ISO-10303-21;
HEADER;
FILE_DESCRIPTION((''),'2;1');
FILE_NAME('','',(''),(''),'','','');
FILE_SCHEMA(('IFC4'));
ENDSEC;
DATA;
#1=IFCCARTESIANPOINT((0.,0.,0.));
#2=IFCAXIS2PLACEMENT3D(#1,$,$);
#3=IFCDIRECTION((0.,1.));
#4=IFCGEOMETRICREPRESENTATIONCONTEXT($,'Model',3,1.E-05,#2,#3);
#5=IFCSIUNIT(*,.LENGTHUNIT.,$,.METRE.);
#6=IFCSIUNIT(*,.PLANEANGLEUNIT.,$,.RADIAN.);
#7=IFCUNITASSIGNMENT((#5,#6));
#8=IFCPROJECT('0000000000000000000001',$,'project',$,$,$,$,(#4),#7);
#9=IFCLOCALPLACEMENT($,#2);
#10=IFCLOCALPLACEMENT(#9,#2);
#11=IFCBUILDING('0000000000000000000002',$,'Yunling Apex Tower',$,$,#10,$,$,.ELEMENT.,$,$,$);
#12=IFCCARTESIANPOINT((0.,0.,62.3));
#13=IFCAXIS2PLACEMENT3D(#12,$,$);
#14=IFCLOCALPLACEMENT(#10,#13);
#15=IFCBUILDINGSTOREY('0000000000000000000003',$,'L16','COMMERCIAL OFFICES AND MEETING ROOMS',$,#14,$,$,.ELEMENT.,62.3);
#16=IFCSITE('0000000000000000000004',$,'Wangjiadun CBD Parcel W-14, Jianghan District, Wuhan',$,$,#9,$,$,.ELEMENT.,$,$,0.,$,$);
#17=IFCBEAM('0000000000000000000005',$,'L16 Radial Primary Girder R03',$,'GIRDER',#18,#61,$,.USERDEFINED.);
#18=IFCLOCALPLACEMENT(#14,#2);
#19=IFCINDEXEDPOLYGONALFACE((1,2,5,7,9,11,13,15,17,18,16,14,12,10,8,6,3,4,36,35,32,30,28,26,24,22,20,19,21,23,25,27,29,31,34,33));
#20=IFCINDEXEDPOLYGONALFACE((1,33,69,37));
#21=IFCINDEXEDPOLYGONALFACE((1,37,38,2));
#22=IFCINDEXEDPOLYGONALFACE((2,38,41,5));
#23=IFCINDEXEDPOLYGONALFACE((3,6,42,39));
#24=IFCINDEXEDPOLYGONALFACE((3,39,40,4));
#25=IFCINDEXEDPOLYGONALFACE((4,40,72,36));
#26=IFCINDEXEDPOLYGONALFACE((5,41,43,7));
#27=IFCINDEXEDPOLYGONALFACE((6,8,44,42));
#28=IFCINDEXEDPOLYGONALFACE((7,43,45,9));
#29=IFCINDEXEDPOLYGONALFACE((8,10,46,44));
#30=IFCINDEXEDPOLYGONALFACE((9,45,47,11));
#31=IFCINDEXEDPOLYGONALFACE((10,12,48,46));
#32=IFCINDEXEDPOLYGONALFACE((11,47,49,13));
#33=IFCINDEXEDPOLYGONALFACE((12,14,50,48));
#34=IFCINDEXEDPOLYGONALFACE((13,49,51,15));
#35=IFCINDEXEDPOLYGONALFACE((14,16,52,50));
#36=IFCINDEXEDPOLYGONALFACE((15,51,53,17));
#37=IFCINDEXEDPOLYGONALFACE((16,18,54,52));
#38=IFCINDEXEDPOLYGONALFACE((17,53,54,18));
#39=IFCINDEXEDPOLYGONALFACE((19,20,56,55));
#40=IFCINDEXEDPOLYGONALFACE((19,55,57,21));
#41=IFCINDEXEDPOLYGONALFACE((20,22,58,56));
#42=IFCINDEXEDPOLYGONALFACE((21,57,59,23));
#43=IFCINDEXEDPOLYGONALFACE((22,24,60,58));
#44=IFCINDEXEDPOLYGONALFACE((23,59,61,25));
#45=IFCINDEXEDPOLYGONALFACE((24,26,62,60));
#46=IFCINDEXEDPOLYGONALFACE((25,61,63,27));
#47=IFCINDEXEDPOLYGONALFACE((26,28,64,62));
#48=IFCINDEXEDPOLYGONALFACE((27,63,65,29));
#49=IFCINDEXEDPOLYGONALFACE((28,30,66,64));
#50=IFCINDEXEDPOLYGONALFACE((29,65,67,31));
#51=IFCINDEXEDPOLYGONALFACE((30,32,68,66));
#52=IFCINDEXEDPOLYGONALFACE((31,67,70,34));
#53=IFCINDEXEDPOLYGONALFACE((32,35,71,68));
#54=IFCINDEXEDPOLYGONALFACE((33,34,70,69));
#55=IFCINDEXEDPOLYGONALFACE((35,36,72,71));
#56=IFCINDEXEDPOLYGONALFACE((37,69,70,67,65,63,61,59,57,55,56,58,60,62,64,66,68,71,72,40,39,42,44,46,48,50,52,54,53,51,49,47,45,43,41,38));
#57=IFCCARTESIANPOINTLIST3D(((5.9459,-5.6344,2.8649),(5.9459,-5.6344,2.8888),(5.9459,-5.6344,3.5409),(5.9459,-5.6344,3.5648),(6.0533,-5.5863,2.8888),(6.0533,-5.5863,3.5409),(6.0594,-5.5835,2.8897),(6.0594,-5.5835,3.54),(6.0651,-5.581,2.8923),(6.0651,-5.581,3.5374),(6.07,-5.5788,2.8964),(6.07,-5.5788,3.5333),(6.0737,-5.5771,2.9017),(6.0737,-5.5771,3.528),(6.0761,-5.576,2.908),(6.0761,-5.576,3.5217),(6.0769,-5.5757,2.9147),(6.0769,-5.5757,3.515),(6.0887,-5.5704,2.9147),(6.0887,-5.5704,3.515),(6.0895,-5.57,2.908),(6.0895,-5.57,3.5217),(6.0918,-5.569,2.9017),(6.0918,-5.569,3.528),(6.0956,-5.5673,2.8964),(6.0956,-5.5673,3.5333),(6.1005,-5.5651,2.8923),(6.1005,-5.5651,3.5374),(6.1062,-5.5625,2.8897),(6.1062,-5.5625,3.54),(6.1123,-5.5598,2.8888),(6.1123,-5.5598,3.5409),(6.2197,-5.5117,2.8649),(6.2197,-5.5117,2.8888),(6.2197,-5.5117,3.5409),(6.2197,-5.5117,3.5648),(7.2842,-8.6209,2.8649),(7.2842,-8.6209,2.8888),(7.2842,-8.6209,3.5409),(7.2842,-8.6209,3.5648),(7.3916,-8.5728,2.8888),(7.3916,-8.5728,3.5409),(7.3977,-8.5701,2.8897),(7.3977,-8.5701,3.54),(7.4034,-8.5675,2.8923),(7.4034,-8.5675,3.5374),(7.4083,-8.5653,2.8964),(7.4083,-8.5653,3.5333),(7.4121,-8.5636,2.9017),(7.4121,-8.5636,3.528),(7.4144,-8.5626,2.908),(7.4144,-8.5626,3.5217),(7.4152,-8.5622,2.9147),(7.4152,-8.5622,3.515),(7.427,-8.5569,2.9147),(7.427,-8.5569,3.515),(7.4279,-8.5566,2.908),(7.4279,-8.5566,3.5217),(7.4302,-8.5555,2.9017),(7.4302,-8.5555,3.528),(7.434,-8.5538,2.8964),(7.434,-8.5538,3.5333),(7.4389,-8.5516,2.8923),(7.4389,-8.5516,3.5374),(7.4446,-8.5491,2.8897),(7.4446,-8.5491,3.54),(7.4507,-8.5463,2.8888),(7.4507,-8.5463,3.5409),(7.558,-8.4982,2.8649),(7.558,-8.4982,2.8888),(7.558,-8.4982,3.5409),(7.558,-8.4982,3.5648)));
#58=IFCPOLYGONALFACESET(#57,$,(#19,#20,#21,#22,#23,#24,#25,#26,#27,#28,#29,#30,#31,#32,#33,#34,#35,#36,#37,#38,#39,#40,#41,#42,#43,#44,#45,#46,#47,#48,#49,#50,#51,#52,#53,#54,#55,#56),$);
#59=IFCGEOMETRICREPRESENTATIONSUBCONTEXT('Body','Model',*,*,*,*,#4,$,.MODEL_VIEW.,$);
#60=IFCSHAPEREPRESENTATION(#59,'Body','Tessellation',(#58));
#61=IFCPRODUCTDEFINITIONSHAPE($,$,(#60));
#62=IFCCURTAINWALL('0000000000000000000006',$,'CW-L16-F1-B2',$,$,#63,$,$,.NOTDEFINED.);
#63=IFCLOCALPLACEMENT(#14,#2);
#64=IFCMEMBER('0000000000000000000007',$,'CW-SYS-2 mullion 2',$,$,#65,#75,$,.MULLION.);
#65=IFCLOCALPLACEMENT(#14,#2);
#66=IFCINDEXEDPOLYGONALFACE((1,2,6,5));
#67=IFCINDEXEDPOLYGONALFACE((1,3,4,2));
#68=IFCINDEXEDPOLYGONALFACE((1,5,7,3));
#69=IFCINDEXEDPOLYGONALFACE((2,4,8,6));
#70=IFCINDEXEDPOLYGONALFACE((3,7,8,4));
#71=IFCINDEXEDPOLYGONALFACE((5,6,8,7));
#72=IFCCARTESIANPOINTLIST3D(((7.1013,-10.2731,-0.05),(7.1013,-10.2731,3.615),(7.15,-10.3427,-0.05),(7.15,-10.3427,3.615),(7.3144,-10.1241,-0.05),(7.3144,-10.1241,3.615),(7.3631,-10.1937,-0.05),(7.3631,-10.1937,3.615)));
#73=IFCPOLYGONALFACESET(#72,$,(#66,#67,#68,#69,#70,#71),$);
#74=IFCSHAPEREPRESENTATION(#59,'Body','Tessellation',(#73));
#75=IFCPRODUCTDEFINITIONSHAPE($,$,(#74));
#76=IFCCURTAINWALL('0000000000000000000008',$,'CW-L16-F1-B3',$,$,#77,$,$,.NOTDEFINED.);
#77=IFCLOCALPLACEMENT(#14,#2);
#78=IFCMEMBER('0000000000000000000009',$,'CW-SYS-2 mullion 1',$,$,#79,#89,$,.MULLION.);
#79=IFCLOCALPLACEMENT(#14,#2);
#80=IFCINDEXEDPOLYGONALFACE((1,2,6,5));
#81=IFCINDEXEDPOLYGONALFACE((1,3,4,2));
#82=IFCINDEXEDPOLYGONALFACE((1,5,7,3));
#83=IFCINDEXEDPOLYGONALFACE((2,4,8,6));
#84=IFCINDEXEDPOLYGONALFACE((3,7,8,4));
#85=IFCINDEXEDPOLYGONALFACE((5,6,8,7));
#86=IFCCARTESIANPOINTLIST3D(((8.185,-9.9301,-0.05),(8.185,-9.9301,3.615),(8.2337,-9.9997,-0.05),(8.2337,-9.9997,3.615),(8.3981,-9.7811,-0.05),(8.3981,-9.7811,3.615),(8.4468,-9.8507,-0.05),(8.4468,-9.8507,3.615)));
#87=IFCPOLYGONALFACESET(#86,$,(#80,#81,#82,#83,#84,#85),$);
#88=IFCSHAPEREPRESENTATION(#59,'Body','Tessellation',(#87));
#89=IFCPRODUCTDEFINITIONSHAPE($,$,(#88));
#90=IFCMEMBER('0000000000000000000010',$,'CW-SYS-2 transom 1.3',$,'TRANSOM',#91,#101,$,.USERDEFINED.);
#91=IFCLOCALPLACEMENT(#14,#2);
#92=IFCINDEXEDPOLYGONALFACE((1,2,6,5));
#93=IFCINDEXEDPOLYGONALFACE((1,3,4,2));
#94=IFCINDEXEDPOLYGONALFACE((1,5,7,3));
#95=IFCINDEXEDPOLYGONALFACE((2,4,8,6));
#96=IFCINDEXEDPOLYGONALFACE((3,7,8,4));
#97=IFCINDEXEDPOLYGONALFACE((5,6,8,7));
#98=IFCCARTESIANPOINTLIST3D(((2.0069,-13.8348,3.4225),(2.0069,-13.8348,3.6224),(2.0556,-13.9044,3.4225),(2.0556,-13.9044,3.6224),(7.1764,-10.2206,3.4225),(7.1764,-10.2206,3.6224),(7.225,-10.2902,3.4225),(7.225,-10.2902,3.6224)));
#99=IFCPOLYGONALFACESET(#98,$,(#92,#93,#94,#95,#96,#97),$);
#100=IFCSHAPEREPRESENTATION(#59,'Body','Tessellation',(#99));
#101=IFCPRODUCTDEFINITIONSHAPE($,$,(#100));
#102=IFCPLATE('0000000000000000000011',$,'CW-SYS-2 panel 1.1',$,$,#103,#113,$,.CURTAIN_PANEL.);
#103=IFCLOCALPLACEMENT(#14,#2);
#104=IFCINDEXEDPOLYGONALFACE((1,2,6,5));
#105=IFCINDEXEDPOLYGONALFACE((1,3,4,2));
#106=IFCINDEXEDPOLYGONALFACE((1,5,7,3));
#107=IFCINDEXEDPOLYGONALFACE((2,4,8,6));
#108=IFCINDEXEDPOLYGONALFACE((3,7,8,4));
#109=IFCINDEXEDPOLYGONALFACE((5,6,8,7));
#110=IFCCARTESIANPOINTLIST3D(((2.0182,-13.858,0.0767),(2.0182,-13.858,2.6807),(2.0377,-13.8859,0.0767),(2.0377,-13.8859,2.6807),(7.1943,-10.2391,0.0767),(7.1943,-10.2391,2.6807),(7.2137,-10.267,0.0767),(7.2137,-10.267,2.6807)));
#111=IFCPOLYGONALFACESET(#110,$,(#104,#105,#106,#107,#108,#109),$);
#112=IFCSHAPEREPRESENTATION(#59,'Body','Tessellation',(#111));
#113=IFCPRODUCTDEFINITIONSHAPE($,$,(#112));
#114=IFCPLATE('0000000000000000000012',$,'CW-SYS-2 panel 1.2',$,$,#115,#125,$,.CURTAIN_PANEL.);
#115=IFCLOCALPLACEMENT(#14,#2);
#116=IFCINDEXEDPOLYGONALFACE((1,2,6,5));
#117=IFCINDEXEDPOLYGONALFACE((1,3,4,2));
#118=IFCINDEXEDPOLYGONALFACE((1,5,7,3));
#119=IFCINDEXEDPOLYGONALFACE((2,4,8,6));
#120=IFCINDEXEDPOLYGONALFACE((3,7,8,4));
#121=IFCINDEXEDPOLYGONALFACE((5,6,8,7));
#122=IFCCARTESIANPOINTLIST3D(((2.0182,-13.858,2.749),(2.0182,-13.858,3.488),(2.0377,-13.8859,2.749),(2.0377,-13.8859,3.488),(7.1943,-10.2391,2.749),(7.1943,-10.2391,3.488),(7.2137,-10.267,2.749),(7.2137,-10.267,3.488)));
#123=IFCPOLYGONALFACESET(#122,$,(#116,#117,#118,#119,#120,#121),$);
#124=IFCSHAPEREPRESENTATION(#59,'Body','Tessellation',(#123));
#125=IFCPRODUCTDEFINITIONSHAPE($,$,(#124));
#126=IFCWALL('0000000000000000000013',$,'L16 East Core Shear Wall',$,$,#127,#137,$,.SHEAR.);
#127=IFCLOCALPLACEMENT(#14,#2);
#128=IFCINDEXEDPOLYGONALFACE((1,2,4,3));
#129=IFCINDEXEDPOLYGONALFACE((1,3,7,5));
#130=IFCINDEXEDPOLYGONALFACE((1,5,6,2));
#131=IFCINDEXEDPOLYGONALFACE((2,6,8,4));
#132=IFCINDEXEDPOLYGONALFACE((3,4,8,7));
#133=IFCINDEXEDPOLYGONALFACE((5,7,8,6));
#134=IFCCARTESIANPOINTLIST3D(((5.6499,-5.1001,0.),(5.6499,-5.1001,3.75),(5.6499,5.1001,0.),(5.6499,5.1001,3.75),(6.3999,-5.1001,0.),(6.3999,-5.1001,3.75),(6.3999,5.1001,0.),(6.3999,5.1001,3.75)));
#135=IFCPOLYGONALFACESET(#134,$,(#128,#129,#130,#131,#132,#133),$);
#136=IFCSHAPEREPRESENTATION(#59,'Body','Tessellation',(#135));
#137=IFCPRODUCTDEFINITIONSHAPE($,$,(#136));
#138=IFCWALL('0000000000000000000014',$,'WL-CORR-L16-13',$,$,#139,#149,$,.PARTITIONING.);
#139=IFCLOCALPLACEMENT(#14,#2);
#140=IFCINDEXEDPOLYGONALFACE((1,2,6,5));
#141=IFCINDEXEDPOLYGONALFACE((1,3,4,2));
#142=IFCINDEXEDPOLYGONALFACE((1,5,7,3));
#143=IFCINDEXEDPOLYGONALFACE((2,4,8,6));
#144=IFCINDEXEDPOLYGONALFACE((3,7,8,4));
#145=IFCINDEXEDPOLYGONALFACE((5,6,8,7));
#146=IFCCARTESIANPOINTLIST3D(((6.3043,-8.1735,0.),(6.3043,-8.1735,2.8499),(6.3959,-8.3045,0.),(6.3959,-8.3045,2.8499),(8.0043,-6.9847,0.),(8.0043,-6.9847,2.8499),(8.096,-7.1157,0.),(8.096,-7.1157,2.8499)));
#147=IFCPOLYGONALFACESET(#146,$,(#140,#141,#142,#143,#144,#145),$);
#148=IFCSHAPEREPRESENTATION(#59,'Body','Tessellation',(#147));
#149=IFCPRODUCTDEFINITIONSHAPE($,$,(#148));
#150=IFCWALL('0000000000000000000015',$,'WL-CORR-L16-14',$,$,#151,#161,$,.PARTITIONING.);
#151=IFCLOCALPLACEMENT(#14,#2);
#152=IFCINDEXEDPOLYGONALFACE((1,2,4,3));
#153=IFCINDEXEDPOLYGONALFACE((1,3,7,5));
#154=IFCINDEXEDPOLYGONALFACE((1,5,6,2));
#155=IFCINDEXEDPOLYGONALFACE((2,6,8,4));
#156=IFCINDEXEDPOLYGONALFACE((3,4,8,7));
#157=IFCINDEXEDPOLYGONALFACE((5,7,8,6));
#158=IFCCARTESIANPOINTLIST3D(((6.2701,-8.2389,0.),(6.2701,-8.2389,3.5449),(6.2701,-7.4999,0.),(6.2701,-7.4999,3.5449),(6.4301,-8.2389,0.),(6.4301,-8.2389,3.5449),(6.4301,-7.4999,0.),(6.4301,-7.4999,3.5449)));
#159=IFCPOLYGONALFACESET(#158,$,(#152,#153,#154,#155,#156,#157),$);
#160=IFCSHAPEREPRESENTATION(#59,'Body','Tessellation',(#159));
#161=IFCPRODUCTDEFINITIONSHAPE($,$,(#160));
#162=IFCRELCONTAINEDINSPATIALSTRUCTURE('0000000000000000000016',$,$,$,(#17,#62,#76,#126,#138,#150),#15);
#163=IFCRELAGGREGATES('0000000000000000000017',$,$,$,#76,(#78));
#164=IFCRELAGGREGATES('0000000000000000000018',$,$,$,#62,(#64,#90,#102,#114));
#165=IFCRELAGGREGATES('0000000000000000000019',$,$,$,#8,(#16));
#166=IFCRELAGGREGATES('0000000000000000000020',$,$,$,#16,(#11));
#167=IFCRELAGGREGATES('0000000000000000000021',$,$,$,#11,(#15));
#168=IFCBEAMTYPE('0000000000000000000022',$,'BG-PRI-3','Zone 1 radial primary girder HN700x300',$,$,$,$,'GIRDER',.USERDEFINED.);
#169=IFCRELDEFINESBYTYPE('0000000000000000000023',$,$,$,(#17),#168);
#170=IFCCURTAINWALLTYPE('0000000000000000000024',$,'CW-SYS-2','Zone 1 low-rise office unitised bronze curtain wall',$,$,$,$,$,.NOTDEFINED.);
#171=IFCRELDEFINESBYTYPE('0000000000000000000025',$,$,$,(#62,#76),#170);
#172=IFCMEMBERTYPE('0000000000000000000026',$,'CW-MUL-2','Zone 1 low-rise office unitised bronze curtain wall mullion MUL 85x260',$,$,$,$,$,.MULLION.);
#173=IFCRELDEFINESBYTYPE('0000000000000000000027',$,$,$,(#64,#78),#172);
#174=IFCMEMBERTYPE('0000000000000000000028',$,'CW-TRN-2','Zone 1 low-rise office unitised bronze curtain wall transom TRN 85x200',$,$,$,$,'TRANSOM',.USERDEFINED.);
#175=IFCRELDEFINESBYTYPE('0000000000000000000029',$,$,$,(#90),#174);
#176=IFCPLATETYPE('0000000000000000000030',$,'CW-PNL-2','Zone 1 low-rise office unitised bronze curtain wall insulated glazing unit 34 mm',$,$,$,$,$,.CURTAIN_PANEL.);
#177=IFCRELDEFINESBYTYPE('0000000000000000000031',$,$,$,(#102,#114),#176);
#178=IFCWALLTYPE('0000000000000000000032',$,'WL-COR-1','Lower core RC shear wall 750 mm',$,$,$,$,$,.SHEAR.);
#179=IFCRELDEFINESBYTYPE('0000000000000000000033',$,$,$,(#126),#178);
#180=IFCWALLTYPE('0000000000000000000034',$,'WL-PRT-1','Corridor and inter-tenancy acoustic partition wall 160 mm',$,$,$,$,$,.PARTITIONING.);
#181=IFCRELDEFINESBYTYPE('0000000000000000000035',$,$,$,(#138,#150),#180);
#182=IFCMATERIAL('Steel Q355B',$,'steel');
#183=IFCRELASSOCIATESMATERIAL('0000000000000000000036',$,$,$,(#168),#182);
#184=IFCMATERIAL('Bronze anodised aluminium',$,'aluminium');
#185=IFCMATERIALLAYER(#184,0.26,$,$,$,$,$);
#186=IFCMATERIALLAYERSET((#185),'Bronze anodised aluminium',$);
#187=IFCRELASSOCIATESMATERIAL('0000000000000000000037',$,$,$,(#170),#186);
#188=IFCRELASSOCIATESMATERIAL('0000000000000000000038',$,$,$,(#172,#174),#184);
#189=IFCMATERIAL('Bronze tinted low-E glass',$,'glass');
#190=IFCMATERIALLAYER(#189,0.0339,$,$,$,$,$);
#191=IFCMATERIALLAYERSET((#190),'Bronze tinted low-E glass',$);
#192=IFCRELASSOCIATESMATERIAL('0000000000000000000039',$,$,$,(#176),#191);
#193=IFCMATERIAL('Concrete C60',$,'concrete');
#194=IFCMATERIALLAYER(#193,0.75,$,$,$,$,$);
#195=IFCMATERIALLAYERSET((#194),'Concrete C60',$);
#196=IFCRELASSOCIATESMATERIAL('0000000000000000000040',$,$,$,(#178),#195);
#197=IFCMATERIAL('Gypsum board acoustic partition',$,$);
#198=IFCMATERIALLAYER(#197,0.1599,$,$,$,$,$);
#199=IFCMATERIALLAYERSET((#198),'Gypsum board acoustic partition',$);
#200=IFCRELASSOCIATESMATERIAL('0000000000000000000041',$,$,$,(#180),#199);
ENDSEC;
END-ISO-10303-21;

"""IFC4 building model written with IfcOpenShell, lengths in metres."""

from ifc_helpers import new_model, si_unit, direction, frame, frame_2d, origin, origin_2d, place, context, subcontext, project, spatial, rectangle, i_section, extrude, source, transform, mapped, material, layer, layer_set, material_profile, profile_set, type_object, element, aggregate, save


model = new_model("IFC4")

# Units and contexts
model_context = context("Model", 3, precision=1e-05, world=origin(), true_north=direction((0.0, 1.0)))
body_context = subcontext(model_context, "Body", "Model", "MODEL_VIEW")
ifc_project = project(units=[si_unit("LENGTHUNIT", "METRE"), si_unit("PLANEANGLEUNIT", "RADIAN")], contexts=[model_context])

# Site, building, storey
site_placement = place(None, origin())
site = spatial("IfcSite", under=ifc_project, at=site_placement, Name="Wangjiadun CBD Parcel W-14, Jianghan District, Wuhan", CompositionType="ELEMENT", RefElevation=0.0)
building_placement = place(site_placement, origin())
building = spatial("IfcBuilding", under=site, at=building_placement, Name="Yunling Apex Tower", CompositionType="ELEMENT")
storey_placement = place(building_placement, frame((0.0, 0.0, 62.3)))
storey = spatial("IfcBuildingStorey", under=building, at=storey_placement, Name="L16", Description="COMMERCIAL OFFICES AND MEETING ROOMS", CompositionType="ELEMENT", Elevation=62.3)

# Shared definitions
ifc_material_1 = material(Name="Concrete C60", Category="concrete")

# Beam
ifc_material_2 = material(Name="Steel Q355B", Category="steel")
ifc_material_profile_1 = material_profile(ifc_material_2, i_section(OverallWidth=0.3, OverallDepth=0.7, WebThickness=0.0129, FlangeThickness=0.0239, FilletRadius=0.0259, at=origin_2d()))
ifc_profile_set_1 = profile_set([ifc_material_profile_1], Name="Steel Q355B")
beam_type = type_object("IfcBeamType", Name="BG-PRI-3", Description="Zone 1 radial primary girder HN700x300", ElementType="GIRDER", PredefinedType="USERDEFINED", material=ifc_profile_set_1)
shared_shape_1 = source(origin(), body_context, "Body", "SweptSolid", [
    extrude(i_section(OverallWidth=0.3, OverallDepth=0.7, WebThickness=0.0129, FlangeThickness=0.0239, FilletRadius=0.0259, at=origin_2d()), origin(), (0.0, 0.0, 1.0), 3.2727),
])
beam_1_placement = place(storey_placement, frame((7.4211, -8.5596, 3.2148), z_axis=(-0.408947, 0.912558, 0.0), x_axis=(-0.912558, -0.408947, 0.0)))
element("IfcBeam", 1, at=beam_1_placement, inside=storey, type_object=beam_type, Name="L16 Radial Primary Girder R03", ObjectType="GIRDER", PredefinedType="USERDEFINED", context=body_context, shape_type="MappedRepresentation", body=[
    mapped(shared_shape_1, transform((0.0, 0.0, 0.0), scale=1.0)),
])

# Curtain walls, members
ifc_material_3 = material(Name="Bronze anodised aluminium", Category="aluminium")
ifc_layer_1 = layer(ifc_material_3, 0.26)
ifc_layer_set_1 = layer_set([ifc_layer_1], Name="Bronze anodised aluminium")
curtain_wall_type = type_object("IfcCurtainWallType", Name="CW-SYS-2", Description="Zone 1 low-rise office unitised bronze curtain wall", PredefinedType="NOTDEFINED", material=ifc_layer_set_1)
curtain_wall_1_placement = place(storey_placement, origin())
curtain_wall_1 = element("IfcCurtainWall", 2, at=curtain_wall_1_placement, inside=storey, type_object=curtain_wall_type, Name="CW-L16-F1-B2", PredefinedType="NOTDEFINED")
ifc_material_profile_2 = material_profile(ifc_material_3, rectangle(XDim=0.085, YDim=0.26, at=origin_2d()))
ifc_profile_set_2 = profile_set([ifc_material_profile_2], Name="Bronze anodised aluminium")
member_type_1 = type_object("IfcMemberType", Name="CW-MUL-2", Description="Zone 1 low-rise office unitised bronze curtain wall mullion MUL 85x260", PredefinedType="MULLION", material=ifc_profile_set_2)
shared_shape_2 = source(origin(), body_context, "Body", "SweptSolid", [
    extrude(rectangle(XDim=0.085, YDim=0.26, at=origin_2d()), origin(), (0.0, 0.0, 1.0), 3.665),
])
member_1_placement = place(storey_placement, frame((7.2322, -10.2334, -0.05), z_axis=(0.0, 0.0, 1.0), x_axis=(-0.573003, 0.819553, 0.0)))
member_1 = element("IfcMember", 3, at=member_1_placement, type_object=member_type_1, Name="CW-SYS-2 mullion 2", PredefinedType="MULLION", context=body_context, shape_type="MappedRepresentation", body=[
    mapped(shared_shape_2, transform((0.0, 0.0, 0.0), scale=1.0)),
])
curtain_wall_2_placement = place(storey_placement, origin())
curtain_wall_2 = element("IfcCurtainWall", 4, at=curtain_wall_2_placement, inside=storey, type_object=curtain_wall_type, Name="CW-L16-F1-B3", PredefinedType="NOTDEFINED")
member_2_placement = place(storey_placement, frame((8.3159, -9.8904, -0.05), z_axis=(0.0, 0.0, 1.0), x_axis=(-0.572996, 0.819558, 0.0)))
member_2 = element("IfcMember", 5, at=member_2_placement, type_object=member_type_1, Name="CW-SYS-2 mullion 1", PredefinedType="MULLION", context=body_context, shape_type="MappedRepresentation", body=[
    mapped(shared_shape_2, transform((0.0, 0.0, 0.0), scale=1.0)),
])
aggregate(curtain_wall_2, [member_2])

# Member
ifc_material_profile_3 = material_profile(ifc_material_3, rectangle(XDim=0.085, YDim=0.2, at=origin_2d()))
ifc_profile_set_3 = profile_set([ifc_material_profile_3], Name="Bronze anodised aluminium")
member_type_2 = type_object("IfcMemberType", Name="CW-TRN-2", Description="Zone 1 low-rise office unitised bronze curtain wall transom TRN 85x200", ElementType="TRANSOM", PredefinedType="USERDEFINED", material=ifc_profile_set_3)
shared_shape_3 = source(origin(), body_context, "Body", "SweptSolid", [
    extrude(rectangle(XDim=0.085, YDim=0.2, at=origin_2d()), origin(), (0.0, 0.0, 1.0), 6.3076),
])
member_3_placement = place(storey_placement, frame((2.0312, -13.8696, 3.5225), z_axis=(0.819555, 0.573, 0.0), x_axis=(-0.573, 0.819555, 0.0)))
member_3 = element("IfcMember", 6, at=member_3_placement, type_object=member_type_2, Name="CW-SYS-2 transom 1.3", ObjectType="TRANSOM", PredefinedType="USERDEFINED", context=body_context, shape_type="MappedRepresentation", body=[
    mapped(shared_shape_3, transform((0.0, 0.0, 0.0), scale=1.0)),
])

# Plates
ifc_material_4 = material(Name="Bronze tinted low-E glass", Category="glass")
ifc_layer_2 = layer(ifc_material_4, 0.0339)
ifc_layer_set_2 = layer_set([ifc_layer_2], Name="Bronze tinted low-E glass")
plate_type = type_object("IfcPlateType", Name="CW-PNL-2", Description="Zone 1 low-rise office unitised bronze curtain wall insulated glazing unit 34 mm", PredefinedType="CURTAIN_PANEL", material=ifc_layer_set_2)
shared_shape_4 = source(origin(), body_context, "Body", "SweptSolid", [
    extrude(rectangle(XDim=6.3157, YDim=0.0339, at=origin_2d()), origin(), (0.0, 0.0, 1.0), 2.604),
])
plate_1_placement = place(storey_placement, frame((4.616, -12.0625, 0.0767), z_axis=(0.0, 0.0, 1.0), x_axis=(0.819553, 0.573003, 0.0)))
plate_1 = element("IfcPlate", 7, at=plate_1_placement, type_object=plate_type, Name="CW-SYS-2 panel 1.1", PredefinedType="CURTAIN_PANEL", context=body_context, shape_type="MappedRepresentation", body=[
    mapped(shared_shape_4, transform((0.0, 0.0, 0.0), scale=1.0)),
])
shared_shape_5 = source(origin(), body_context, "Body", "SweptSolid", [
    extrude(rectangle(XDim=6.3157, YDim=0.0339, at=origin_2d()), origin(), (0.0, 0.0, 1.0), 0.739),
])
plate_2_placement = place(storey_placement, frame((4.616, -12.0625, 2.749), z_axis=(0.0, 0.0, 1.0), x_axis=(0.819553, 0.573003, 0.0)))
plate_2 = element("IfcPlate", 8, at=plate_2_placement, type_object=plate_type, Name="CW-SYS-2 panel 1.2", PredefinedType="CURTAIN_PANEL", context=body_context, shape_type="MappedRepresentation", body=[
    mapped(shared_shape_5, transform((0.0, 0.0, 0.0), scale=1.0)),
])
aggregate(curtain_wall_1, [member_1, member_3, plate_1, plate_2])

# Walls
ifc_layer_3 = layer(ifc_material_1, 0.75)
ifc_layer_set_3 = layer_set([ifc_layer_3], Name="Concrete C60")
wall_type_1 = type_object("IfcWallType", Name="WL-COR-1", Description="Lower core RC shear wall 750 mm", PredefinedType="SHEAR", material=ifc_layer_set_3)
wall_1_placement = place(storey_placement, frame((6.0249, -5.1001, 0.0), z_axis=(0.0, 0.0, 1.0), x_axis=(0.0, 1.0, 0.0)))
element("IfcWall", 9, at=wall_1_placement, inside=storey, type_object=wall_type_1, Name="L16 East Core Shear Wall", PredefinedType="SHEAR", context=body_context, shape_type="SweptSolid", body=[
    extrude(rectangle(XDim=10.2002, YDim=0.75, at=frame_2d((5.1001, 0.0))), origin(), (0.0, 0.0, 1.0), 3.75),
])
ifc_material_5 = material(Name="Gypsum board acoustic partition")
ifc_layer_4 = layer(ifc_material_5, 0.1599)
ifc_layer_set_4 = layer_set([ifc_layer_4], Name="Gypsum board acoustic partition")
wall_type_2 = type_object("IfcWallType", Name="WL-PRT-1", Description="Corridor and inter-tenancy acoustic partition wall 160 mm", PredefinedType="PARTITIONING", material=ifc_layer_set_4)
wall_2_placement = place(storey_placement, frame((8.05, -7.0503, 0.0), z_axis=(0.0, 0.0, 1.0), x_axis=(-0.819514, -0.573059, 0.0)))
element("IfcWall", 10, at=wall_2_placement, inside=storey, type_object=wall_type_2, Name="WL-CORR-L16-13", PredefinedType="PARTITIONING", context=body_context, shape_type="SweptSolid", body=[
    extrude(rectangle(XDim=2.0745, YDim=0.1599, at=frame_2d((1.0371, 0.0))), origin(), (0.0, 0.0, 1.0), 2.8499),
])
wall_3_placement = place(storey_placement, frame((6.3501, -8.239, 0.0), z_axis=(0.0, 0.0, 1.0), x_axis=(0.0, 1.0, 0.0)))
element("IfcWall", 11, at=wall_3_placement, inside=storey, type_object=wall_type_2, Name="WL-CORR-L16-14", PredefinedType="PARTITIONING", context=body_context, shape_type="SweptSolid", body=[
    extrude(rectangle(XDim=0.739, YDim=0.1599, at=frame_2d((0.3696, 0.0))), origin(), (0.0, 0.0, 1.0), 3.5449),
])

save(model, "model.ifc")
